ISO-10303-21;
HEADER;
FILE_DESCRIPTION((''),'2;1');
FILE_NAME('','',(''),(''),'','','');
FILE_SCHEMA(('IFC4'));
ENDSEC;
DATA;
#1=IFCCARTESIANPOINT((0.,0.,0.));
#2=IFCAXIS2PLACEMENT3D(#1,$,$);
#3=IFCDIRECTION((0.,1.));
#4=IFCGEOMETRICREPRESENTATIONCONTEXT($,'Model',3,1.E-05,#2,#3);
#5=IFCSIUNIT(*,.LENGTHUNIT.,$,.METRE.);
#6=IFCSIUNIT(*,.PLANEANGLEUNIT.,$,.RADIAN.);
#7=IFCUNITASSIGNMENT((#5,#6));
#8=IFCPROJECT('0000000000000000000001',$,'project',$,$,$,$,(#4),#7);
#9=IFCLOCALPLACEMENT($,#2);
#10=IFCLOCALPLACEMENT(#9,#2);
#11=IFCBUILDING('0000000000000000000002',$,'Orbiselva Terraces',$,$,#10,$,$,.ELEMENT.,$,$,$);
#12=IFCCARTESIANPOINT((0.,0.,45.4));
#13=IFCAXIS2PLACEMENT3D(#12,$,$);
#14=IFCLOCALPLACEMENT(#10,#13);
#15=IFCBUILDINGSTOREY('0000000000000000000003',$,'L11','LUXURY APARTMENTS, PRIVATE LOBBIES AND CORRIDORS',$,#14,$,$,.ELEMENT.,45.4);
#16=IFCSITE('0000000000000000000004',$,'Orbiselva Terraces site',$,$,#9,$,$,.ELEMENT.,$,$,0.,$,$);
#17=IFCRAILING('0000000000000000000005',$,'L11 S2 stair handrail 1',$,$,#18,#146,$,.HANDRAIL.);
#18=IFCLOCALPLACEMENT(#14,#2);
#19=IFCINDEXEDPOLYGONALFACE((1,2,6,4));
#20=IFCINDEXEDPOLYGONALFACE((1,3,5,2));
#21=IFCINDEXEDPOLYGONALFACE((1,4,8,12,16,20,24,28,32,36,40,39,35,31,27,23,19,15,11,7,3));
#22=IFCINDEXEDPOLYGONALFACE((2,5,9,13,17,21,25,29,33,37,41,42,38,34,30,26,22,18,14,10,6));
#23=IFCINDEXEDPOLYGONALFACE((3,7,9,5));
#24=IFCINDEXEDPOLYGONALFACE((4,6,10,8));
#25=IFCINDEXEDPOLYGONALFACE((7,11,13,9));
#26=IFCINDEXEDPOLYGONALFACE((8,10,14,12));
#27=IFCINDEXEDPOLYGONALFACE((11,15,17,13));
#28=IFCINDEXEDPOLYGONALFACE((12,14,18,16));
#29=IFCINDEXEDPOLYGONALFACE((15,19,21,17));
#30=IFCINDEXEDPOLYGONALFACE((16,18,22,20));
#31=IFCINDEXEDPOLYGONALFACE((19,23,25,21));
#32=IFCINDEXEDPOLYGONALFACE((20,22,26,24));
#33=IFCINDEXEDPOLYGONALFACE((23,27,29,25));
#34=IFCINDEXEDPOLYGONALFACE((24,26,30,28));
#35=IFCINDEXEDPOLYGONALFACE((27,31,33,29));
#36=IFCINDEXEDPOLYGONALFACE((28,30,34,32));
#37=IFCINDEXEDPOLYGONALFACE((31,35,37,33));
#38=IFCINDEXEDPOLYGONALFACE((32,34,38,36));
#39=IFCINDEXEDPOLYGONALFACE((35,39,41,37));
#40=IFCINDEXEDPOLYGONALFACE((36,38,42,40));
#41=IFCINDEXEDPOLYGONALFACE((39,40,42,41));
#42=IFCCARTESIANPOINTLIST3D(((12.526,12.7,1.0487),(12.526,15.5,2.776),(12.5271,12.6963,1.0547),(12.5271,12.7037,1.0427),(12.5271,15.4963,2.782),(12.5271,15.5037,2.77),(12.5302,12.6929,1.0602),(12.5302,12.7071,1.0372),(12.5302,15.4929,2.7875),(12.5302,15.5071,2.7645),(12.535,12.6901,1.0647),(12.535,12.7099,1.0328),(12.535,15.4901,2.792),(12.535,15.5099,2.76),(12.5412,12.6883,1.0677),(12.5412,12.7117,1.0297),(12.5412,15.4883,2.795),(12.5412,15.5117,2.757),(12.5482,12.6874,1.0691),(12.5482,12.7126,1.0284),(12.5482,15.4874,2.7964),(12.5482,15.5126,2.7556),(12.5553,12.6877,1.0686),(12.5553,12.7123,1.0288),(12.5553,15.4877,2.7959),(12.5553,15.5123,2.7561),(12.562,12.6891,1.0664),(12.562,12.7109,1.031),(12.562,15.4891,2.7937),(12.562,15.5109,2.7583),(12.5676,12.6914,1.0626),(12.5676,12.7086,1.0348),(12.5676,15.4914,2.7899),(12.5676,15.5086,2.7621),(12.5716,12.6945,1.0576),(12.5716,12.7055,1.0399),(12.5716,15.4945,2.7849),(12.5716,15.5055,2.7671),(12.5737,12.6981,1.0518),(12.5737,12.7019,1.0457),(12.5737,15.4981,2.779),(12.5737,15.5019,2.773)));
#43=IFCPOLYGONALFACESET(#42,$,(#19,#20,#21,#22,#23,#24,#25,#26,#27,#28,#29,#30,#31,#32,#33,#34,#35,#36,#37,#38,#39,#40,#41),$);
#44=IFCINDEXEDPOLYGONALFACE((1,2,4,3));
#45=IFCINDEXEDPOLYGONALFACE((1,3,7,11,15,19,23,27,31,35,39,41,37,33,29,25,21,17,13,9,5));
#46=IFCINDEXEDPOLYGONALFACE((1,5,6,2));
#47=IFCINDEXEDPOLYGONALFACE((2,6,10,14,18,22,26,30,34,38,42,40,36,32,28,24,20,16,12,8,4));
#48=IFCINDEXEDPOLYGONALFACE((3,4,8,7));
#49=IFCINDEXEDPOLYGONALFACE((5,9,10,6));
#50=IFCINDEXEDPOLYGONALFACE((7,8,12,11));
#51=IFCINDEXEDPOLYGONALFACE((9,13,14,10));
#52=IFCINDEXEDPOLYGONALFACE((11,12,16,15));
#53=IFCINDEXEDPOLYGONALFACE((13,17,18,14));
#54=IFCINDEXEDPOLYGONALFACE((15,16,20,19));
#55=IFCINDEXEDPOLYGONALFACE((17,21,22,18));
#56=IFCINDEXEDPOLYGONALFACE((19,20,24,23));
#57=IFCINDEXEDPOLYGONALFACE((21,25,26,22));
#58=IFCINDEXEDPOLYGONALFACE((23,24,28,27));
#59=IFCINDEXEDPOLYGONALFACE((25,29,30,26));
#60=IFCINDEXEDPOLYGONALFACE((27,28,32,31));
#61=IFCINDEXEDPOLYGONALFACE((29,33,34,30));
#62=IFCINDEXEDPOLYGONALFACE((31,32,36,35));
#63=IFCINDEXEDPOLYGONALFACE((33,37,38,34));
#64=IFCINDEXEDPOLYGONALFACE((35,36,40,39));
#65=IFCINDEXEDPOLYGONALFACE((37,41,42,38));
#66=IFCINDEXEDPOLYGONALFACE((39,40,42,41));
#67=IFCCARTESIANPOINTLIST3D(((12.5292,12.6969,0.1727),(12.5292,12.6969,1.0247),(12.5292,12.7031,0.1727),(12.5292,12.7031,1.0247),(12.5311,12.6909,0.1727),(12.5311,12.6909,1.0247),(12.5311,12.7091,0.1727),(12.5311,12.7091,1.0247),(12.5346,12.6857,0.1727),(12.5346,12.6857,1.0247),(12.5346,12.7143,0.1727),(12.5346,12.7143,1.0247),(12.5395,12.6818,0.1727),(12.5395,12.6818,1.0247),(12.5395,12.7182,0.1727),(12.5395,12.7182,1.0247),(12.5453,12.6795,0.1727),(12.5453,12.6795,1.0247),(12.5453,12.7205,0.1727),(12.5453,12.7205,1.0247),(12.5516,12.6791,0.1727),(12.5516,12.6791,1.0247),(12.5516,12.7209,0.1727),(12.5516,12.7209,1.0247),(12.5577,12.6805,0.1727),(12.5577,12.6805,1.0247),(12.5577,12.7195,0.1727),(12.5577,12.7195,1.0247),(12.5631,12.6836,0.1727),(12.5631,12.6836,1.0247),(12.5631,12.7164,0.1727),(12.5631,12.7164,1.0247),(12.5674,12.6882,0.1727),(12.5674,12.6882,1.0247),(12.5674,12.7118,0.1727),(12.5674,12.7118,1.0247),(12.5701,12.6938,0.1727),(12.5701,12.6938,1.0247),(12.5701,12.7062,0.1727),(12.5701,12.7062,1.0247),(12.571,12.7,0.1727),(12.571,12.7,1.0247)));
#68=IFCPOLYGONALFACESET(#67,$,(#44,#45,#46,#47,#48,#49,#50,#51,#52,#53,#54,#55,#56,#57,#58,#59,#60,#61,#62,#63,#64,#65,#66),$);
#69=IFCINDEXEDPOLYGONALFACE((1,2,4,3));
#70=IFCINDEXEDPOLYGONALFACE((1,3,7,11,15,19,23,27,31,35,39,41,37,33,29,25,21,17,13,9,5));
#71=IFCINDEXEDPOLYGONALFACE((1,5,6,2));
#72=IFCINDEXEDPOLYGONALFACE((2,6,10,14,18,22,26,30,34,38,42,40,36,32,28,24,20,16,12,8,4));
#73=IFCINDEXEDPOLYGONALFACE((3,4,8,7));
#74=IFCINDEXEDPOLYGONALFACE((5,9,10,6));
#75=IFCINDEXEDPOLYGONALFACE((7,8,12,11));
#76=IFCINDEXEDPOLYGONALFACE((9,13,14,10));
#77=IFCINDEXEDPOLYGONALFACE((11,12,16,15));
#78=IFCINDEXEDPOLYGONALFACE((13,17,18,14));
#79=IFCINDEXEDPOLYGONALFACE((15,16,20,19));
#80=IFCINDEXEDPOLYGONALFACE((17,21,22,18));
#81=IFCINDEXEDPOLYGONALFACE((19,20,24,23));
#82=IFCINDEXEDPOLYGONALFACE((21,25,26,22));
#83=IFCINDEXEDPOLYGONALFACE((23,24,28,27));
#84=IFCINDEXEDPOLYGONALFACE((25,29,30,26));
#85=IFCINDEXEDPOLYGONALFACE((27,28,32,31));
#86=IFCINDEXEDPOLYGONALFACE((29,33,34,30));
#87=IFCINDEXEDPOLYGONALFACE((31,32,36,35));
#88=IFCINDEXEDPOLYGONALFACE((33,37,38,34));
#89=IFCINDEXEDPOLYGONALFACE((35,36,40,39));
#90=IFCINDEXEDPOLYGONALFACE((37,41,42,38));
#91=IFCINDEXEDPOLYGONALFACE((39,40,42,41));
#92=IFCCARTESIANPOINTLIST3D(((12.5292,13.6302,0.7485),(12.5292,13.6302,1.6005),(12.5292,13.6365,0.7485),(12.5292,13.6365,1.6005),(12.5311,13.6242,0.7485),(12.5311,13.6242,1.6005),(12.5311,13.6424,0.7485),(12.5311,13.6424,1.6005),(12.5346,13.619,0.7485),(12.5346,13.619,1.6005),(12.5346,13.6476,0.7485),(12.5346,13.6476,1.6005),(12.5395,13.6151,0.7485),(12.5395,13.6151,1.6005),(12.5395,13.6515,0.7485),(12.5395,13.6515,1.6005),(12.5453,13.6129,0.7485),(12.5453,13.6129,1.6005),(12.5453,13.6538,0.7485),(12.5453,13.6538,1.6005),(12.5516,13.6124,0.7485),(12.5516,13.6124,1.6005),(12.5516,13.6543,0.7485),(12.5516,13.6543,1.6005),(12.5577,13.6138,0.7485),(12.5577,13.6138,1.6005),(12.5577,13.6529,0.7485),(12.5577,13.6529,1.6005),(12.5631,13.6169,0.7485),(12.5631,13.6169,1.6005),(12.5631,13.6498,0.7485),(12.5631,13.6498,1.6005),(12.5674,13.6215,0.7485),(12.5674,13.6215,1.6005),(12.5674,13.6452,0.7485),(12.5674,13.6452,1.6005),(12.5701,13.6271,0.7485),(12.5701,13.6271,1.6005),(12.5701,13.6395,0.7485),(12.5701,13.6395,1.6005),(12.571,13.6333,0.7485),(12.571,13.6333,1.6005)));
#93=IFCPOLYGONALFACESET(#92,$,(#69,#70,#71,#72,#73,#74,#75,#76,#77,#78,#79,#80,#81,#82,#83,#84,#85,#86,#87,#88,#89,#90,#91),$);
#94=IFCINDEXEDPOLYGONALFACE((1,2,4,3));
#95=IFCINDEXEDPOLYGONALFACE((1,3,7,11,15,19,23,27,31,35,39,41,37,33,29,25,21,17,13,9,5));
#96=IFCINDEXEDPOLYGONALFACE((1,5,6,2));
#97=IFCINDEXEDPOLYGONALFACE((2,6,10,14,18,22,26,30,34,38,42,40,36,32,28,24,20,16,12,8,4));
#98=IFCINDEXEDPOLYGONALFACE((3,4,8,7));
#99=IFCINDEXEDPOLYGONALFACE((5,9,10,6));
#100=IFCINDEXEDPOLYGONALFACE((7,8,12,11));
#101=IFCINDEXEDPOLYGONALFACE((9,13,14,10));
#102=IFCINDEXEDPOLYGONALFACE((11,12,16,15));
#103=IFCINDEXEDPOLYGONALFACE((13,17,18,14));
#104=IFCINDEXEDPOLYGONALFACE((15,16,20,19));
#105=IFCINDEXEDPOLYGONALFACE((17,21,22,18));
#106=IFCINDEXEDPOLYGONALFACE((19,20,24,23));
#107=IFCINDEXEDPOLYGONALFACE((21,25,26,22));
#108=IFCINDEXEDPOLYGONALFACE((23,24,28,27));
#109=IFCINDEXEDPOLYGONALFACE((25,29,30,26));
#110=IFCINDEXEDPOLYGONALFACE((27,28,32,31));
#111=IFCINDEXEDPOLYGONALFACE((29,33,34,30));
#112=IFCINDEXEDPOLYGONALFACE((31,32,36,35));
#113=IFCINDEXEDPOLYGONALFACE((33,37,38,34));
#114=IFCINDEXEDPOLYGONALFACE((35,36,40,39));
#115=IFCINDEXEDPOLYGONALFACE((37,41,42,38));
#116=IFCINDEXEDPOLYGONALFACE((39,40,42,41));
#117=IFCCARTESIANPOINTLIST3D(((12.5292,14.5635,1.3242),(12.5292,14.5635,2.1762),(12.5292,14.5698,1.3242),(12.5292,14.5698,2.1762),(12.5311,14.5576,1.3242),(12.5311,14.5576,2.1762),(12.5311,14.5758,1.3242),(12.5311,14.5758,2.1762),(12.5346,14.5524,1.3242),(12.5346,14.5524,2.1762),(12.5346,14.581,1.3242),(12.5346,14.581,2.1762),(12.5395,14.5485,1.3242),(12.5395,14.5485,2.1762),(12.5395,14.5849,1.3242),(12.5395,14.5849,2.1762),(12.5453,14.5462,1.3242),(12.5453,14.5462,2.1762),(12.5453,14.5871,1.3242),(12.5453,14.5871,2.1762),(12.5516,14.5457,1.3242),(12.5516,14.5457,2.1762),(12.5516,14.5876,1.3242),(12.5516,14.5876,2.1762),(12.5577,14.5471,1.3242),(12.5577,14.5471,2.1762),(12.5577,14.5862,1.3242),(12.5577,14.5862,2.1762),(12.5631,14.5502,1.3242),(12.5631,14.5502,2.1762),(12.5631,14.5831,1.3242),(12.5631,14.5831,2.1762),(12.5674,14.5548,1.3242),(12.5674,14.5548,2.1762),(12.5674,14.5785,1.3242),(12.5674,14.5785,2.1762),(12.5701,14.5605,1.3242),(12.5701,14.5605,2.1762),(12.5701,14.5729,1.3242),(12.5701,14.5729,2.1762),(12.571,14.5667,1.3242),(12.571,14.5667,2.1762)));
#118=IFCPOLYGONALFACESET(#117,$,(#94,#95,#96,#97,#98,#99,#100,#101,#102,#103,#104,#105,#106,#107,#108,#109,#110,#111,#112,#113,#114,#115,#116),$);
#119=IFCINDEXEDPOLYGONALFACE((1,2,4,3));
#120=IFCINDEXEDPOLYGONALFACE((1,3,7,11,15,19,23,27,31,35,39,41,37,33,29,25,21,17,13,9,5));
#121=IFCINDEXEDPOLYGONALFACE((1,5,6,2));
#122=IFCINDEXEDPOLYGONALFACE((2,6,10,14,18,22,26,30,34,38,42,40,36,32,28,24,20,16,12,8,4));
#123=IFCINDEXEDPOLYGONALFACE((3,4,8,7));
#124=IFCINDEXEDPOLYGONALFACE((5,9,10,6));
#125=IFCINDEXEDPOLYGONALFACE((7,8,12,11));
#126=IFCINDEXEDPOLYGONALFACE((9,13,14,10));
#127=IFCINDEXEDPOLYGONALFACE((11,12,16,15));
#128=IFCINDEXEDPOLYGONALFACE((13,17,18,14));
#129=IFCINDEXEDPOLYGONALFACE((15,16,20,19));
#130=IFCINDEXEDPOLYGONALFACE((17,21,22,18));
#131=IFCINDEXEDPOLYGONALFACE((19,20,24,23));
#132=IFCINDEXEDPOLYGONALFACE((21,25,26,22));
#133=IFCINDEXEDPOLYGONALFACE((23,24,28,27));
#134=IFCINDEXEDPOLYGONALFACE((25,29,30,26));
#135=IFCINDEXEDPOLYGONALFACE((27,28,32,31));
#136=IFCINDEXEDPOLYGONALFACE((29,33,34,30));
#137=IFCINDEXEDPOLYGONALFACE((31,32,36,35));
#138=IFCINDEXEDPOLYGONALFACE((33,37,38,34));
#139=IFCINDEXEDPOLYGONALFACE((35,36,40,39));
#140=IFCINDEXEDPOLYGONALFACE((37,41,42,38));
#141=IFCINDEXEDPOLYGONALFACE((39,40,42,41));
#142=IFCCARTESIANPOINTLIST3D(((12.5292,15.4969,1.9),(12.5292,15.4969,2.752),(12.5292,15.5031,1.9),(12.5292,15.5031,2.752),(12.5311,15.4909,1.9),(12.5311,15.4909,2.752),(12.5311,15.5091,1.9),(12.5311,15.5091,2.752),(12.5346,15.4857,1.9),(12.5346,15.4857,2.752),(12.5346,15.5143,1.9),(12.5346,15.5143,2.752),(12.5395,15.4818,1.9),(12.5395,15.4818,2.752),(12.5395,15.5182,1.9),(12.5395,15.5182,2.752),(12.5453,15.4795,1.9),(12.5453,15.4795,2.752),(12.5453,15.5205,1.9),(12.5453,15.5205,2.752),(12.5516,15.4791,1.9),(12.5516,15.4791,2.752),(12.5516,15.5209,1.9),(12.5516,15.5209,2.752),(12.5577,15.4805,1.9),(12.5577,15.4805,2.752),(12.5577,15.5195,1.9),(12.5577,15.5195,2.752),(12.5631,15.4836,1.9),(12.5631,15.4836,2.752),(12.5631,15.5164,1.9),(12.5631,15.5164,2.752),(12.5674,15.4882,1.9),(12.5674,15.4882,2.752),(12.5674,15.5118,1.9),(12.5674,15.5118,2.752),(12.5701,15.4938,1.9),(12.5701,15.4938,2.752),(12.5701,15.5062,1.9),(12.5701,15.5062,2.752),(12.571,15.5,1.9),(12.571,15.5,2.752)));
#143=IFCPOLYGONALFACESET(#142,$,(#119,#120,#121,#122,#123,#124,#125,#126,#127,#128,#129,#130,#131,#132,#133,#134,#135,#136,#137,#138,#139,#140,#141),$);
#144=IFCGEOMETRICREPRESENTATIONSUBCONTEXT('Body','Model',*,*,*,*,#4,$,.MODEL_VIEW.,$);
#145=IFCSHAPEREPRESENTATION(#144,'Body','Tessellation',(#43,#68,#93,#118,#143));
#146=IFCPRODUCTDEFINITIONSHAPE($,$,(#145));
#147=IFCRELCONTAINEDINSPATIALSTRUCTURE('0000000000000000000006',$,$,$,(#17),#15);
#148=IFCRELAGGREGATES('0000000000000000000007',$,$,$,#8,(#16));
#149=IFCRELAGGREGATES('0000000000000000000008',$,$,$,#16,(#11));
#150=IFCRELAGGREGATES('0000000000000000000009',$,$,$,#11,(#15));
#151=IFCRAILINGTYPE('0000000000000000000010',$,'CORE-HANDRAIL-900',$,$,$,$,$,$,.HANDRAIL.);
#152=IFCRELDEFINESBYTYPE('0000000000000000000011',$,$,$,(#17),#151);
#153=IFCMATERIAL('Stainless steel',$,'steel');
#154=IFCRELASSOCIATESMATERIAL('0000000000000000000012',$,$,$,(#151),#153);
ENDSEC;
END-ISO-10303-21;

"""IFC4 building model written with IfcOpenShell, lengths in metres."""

from ifc_helpers import new_model, si_unit, direction, frame, origin, origin_2d, place, context, subcontext, project, spatial, circle, extrude, material, type_object, element, save


model = new_model("IFC4")

# Units and contexts
model_context = context("Model", 3, precision=1e-05, world=origin(), true_north=direction((0.0, 1.0)))
body_context = subcontext(model_context, "Body", "Model", "MODEL_VIEW")
ifc_project = project(units=[si_unit("LENGTHUNIT", "METRE"), si_unit("PLANEANGLEUNIT", "RADIAN")], contexts=[model_context])

# Site, building, storey
site_placement = place(None, origin())
site = spatial("IfcSite", under=ifc_project, at=site_placement, Name="Orbiselva Terraces site", CompositionType="ELEMENT", RefElevation=0.0)
building_placement = place(site_placement, origin())
building = spatial("IfcBuilding", under=site, at=building_placement, Name="Orbiselva Terraces", CompositionType="ELEMENT")
storey_placement = place(building_placement, frame((0.0, 0.0, 45.4)))
storey = spatial("IfcBuildingStorey", under=building, at=storey_placement, Name="L11", Description="LUXURY APARTMENTS, PRIVATE LOBBIES AND CORRIDORS", CompositionType="ELEMENT", Elevation=45.4)

# Railing
ifc_material_1 = material(Name="Stainless steel", Category="steel")
railing_type = type_object("IfcRailingType", Name="CORE-HANDRAIL-900", PredefinedType="HANDRAIL", material=ifc_material_1)
railing_placement = place(storey_placement, frame((12.55, 12.7, 0.1727)))
element("IfcRailing", 1, at=railing_placement, inside=storey, type_object=railing_type, Name="L11 S2 stair handrail 1", PredefinedType="HANDRAIL", context=body_context, shape_type="SweptSolid", body=[
    extrude(circle(Radius=0.024, at=origin_2d()), frame((0.0, 0.0, 0.876), z_axis=(0.0, 0.851089, 0.525022), x_axis=(-1.0, 0.0, 0.0)), (0.0, 0.0, 1.0), 3.2899),
    extrude(circle(Radius=0.021, at=origin_2d()), origin(), (0.0, 0.0, 1.0), 0.852),
    extrude(circle(Radius=0.021, at=origin_2d()), frame((0.0, 0.9333, 0.5758)), (0.0, 0.0, 1.0), 0.852),
    extrude(circle(Radius=0.021, at=origin_2d()), frame((0.0, 1.8667, 1.1515)), (0.0, 0.0, 1.0), 0.852),
    extrude(circle(Radius=0.021, at=origin_2d()), frame((0.0, 2.8, 1.7273)), (0.0, 0.0, 1.0), 0.852),
])

save(model, "model.ifc")
